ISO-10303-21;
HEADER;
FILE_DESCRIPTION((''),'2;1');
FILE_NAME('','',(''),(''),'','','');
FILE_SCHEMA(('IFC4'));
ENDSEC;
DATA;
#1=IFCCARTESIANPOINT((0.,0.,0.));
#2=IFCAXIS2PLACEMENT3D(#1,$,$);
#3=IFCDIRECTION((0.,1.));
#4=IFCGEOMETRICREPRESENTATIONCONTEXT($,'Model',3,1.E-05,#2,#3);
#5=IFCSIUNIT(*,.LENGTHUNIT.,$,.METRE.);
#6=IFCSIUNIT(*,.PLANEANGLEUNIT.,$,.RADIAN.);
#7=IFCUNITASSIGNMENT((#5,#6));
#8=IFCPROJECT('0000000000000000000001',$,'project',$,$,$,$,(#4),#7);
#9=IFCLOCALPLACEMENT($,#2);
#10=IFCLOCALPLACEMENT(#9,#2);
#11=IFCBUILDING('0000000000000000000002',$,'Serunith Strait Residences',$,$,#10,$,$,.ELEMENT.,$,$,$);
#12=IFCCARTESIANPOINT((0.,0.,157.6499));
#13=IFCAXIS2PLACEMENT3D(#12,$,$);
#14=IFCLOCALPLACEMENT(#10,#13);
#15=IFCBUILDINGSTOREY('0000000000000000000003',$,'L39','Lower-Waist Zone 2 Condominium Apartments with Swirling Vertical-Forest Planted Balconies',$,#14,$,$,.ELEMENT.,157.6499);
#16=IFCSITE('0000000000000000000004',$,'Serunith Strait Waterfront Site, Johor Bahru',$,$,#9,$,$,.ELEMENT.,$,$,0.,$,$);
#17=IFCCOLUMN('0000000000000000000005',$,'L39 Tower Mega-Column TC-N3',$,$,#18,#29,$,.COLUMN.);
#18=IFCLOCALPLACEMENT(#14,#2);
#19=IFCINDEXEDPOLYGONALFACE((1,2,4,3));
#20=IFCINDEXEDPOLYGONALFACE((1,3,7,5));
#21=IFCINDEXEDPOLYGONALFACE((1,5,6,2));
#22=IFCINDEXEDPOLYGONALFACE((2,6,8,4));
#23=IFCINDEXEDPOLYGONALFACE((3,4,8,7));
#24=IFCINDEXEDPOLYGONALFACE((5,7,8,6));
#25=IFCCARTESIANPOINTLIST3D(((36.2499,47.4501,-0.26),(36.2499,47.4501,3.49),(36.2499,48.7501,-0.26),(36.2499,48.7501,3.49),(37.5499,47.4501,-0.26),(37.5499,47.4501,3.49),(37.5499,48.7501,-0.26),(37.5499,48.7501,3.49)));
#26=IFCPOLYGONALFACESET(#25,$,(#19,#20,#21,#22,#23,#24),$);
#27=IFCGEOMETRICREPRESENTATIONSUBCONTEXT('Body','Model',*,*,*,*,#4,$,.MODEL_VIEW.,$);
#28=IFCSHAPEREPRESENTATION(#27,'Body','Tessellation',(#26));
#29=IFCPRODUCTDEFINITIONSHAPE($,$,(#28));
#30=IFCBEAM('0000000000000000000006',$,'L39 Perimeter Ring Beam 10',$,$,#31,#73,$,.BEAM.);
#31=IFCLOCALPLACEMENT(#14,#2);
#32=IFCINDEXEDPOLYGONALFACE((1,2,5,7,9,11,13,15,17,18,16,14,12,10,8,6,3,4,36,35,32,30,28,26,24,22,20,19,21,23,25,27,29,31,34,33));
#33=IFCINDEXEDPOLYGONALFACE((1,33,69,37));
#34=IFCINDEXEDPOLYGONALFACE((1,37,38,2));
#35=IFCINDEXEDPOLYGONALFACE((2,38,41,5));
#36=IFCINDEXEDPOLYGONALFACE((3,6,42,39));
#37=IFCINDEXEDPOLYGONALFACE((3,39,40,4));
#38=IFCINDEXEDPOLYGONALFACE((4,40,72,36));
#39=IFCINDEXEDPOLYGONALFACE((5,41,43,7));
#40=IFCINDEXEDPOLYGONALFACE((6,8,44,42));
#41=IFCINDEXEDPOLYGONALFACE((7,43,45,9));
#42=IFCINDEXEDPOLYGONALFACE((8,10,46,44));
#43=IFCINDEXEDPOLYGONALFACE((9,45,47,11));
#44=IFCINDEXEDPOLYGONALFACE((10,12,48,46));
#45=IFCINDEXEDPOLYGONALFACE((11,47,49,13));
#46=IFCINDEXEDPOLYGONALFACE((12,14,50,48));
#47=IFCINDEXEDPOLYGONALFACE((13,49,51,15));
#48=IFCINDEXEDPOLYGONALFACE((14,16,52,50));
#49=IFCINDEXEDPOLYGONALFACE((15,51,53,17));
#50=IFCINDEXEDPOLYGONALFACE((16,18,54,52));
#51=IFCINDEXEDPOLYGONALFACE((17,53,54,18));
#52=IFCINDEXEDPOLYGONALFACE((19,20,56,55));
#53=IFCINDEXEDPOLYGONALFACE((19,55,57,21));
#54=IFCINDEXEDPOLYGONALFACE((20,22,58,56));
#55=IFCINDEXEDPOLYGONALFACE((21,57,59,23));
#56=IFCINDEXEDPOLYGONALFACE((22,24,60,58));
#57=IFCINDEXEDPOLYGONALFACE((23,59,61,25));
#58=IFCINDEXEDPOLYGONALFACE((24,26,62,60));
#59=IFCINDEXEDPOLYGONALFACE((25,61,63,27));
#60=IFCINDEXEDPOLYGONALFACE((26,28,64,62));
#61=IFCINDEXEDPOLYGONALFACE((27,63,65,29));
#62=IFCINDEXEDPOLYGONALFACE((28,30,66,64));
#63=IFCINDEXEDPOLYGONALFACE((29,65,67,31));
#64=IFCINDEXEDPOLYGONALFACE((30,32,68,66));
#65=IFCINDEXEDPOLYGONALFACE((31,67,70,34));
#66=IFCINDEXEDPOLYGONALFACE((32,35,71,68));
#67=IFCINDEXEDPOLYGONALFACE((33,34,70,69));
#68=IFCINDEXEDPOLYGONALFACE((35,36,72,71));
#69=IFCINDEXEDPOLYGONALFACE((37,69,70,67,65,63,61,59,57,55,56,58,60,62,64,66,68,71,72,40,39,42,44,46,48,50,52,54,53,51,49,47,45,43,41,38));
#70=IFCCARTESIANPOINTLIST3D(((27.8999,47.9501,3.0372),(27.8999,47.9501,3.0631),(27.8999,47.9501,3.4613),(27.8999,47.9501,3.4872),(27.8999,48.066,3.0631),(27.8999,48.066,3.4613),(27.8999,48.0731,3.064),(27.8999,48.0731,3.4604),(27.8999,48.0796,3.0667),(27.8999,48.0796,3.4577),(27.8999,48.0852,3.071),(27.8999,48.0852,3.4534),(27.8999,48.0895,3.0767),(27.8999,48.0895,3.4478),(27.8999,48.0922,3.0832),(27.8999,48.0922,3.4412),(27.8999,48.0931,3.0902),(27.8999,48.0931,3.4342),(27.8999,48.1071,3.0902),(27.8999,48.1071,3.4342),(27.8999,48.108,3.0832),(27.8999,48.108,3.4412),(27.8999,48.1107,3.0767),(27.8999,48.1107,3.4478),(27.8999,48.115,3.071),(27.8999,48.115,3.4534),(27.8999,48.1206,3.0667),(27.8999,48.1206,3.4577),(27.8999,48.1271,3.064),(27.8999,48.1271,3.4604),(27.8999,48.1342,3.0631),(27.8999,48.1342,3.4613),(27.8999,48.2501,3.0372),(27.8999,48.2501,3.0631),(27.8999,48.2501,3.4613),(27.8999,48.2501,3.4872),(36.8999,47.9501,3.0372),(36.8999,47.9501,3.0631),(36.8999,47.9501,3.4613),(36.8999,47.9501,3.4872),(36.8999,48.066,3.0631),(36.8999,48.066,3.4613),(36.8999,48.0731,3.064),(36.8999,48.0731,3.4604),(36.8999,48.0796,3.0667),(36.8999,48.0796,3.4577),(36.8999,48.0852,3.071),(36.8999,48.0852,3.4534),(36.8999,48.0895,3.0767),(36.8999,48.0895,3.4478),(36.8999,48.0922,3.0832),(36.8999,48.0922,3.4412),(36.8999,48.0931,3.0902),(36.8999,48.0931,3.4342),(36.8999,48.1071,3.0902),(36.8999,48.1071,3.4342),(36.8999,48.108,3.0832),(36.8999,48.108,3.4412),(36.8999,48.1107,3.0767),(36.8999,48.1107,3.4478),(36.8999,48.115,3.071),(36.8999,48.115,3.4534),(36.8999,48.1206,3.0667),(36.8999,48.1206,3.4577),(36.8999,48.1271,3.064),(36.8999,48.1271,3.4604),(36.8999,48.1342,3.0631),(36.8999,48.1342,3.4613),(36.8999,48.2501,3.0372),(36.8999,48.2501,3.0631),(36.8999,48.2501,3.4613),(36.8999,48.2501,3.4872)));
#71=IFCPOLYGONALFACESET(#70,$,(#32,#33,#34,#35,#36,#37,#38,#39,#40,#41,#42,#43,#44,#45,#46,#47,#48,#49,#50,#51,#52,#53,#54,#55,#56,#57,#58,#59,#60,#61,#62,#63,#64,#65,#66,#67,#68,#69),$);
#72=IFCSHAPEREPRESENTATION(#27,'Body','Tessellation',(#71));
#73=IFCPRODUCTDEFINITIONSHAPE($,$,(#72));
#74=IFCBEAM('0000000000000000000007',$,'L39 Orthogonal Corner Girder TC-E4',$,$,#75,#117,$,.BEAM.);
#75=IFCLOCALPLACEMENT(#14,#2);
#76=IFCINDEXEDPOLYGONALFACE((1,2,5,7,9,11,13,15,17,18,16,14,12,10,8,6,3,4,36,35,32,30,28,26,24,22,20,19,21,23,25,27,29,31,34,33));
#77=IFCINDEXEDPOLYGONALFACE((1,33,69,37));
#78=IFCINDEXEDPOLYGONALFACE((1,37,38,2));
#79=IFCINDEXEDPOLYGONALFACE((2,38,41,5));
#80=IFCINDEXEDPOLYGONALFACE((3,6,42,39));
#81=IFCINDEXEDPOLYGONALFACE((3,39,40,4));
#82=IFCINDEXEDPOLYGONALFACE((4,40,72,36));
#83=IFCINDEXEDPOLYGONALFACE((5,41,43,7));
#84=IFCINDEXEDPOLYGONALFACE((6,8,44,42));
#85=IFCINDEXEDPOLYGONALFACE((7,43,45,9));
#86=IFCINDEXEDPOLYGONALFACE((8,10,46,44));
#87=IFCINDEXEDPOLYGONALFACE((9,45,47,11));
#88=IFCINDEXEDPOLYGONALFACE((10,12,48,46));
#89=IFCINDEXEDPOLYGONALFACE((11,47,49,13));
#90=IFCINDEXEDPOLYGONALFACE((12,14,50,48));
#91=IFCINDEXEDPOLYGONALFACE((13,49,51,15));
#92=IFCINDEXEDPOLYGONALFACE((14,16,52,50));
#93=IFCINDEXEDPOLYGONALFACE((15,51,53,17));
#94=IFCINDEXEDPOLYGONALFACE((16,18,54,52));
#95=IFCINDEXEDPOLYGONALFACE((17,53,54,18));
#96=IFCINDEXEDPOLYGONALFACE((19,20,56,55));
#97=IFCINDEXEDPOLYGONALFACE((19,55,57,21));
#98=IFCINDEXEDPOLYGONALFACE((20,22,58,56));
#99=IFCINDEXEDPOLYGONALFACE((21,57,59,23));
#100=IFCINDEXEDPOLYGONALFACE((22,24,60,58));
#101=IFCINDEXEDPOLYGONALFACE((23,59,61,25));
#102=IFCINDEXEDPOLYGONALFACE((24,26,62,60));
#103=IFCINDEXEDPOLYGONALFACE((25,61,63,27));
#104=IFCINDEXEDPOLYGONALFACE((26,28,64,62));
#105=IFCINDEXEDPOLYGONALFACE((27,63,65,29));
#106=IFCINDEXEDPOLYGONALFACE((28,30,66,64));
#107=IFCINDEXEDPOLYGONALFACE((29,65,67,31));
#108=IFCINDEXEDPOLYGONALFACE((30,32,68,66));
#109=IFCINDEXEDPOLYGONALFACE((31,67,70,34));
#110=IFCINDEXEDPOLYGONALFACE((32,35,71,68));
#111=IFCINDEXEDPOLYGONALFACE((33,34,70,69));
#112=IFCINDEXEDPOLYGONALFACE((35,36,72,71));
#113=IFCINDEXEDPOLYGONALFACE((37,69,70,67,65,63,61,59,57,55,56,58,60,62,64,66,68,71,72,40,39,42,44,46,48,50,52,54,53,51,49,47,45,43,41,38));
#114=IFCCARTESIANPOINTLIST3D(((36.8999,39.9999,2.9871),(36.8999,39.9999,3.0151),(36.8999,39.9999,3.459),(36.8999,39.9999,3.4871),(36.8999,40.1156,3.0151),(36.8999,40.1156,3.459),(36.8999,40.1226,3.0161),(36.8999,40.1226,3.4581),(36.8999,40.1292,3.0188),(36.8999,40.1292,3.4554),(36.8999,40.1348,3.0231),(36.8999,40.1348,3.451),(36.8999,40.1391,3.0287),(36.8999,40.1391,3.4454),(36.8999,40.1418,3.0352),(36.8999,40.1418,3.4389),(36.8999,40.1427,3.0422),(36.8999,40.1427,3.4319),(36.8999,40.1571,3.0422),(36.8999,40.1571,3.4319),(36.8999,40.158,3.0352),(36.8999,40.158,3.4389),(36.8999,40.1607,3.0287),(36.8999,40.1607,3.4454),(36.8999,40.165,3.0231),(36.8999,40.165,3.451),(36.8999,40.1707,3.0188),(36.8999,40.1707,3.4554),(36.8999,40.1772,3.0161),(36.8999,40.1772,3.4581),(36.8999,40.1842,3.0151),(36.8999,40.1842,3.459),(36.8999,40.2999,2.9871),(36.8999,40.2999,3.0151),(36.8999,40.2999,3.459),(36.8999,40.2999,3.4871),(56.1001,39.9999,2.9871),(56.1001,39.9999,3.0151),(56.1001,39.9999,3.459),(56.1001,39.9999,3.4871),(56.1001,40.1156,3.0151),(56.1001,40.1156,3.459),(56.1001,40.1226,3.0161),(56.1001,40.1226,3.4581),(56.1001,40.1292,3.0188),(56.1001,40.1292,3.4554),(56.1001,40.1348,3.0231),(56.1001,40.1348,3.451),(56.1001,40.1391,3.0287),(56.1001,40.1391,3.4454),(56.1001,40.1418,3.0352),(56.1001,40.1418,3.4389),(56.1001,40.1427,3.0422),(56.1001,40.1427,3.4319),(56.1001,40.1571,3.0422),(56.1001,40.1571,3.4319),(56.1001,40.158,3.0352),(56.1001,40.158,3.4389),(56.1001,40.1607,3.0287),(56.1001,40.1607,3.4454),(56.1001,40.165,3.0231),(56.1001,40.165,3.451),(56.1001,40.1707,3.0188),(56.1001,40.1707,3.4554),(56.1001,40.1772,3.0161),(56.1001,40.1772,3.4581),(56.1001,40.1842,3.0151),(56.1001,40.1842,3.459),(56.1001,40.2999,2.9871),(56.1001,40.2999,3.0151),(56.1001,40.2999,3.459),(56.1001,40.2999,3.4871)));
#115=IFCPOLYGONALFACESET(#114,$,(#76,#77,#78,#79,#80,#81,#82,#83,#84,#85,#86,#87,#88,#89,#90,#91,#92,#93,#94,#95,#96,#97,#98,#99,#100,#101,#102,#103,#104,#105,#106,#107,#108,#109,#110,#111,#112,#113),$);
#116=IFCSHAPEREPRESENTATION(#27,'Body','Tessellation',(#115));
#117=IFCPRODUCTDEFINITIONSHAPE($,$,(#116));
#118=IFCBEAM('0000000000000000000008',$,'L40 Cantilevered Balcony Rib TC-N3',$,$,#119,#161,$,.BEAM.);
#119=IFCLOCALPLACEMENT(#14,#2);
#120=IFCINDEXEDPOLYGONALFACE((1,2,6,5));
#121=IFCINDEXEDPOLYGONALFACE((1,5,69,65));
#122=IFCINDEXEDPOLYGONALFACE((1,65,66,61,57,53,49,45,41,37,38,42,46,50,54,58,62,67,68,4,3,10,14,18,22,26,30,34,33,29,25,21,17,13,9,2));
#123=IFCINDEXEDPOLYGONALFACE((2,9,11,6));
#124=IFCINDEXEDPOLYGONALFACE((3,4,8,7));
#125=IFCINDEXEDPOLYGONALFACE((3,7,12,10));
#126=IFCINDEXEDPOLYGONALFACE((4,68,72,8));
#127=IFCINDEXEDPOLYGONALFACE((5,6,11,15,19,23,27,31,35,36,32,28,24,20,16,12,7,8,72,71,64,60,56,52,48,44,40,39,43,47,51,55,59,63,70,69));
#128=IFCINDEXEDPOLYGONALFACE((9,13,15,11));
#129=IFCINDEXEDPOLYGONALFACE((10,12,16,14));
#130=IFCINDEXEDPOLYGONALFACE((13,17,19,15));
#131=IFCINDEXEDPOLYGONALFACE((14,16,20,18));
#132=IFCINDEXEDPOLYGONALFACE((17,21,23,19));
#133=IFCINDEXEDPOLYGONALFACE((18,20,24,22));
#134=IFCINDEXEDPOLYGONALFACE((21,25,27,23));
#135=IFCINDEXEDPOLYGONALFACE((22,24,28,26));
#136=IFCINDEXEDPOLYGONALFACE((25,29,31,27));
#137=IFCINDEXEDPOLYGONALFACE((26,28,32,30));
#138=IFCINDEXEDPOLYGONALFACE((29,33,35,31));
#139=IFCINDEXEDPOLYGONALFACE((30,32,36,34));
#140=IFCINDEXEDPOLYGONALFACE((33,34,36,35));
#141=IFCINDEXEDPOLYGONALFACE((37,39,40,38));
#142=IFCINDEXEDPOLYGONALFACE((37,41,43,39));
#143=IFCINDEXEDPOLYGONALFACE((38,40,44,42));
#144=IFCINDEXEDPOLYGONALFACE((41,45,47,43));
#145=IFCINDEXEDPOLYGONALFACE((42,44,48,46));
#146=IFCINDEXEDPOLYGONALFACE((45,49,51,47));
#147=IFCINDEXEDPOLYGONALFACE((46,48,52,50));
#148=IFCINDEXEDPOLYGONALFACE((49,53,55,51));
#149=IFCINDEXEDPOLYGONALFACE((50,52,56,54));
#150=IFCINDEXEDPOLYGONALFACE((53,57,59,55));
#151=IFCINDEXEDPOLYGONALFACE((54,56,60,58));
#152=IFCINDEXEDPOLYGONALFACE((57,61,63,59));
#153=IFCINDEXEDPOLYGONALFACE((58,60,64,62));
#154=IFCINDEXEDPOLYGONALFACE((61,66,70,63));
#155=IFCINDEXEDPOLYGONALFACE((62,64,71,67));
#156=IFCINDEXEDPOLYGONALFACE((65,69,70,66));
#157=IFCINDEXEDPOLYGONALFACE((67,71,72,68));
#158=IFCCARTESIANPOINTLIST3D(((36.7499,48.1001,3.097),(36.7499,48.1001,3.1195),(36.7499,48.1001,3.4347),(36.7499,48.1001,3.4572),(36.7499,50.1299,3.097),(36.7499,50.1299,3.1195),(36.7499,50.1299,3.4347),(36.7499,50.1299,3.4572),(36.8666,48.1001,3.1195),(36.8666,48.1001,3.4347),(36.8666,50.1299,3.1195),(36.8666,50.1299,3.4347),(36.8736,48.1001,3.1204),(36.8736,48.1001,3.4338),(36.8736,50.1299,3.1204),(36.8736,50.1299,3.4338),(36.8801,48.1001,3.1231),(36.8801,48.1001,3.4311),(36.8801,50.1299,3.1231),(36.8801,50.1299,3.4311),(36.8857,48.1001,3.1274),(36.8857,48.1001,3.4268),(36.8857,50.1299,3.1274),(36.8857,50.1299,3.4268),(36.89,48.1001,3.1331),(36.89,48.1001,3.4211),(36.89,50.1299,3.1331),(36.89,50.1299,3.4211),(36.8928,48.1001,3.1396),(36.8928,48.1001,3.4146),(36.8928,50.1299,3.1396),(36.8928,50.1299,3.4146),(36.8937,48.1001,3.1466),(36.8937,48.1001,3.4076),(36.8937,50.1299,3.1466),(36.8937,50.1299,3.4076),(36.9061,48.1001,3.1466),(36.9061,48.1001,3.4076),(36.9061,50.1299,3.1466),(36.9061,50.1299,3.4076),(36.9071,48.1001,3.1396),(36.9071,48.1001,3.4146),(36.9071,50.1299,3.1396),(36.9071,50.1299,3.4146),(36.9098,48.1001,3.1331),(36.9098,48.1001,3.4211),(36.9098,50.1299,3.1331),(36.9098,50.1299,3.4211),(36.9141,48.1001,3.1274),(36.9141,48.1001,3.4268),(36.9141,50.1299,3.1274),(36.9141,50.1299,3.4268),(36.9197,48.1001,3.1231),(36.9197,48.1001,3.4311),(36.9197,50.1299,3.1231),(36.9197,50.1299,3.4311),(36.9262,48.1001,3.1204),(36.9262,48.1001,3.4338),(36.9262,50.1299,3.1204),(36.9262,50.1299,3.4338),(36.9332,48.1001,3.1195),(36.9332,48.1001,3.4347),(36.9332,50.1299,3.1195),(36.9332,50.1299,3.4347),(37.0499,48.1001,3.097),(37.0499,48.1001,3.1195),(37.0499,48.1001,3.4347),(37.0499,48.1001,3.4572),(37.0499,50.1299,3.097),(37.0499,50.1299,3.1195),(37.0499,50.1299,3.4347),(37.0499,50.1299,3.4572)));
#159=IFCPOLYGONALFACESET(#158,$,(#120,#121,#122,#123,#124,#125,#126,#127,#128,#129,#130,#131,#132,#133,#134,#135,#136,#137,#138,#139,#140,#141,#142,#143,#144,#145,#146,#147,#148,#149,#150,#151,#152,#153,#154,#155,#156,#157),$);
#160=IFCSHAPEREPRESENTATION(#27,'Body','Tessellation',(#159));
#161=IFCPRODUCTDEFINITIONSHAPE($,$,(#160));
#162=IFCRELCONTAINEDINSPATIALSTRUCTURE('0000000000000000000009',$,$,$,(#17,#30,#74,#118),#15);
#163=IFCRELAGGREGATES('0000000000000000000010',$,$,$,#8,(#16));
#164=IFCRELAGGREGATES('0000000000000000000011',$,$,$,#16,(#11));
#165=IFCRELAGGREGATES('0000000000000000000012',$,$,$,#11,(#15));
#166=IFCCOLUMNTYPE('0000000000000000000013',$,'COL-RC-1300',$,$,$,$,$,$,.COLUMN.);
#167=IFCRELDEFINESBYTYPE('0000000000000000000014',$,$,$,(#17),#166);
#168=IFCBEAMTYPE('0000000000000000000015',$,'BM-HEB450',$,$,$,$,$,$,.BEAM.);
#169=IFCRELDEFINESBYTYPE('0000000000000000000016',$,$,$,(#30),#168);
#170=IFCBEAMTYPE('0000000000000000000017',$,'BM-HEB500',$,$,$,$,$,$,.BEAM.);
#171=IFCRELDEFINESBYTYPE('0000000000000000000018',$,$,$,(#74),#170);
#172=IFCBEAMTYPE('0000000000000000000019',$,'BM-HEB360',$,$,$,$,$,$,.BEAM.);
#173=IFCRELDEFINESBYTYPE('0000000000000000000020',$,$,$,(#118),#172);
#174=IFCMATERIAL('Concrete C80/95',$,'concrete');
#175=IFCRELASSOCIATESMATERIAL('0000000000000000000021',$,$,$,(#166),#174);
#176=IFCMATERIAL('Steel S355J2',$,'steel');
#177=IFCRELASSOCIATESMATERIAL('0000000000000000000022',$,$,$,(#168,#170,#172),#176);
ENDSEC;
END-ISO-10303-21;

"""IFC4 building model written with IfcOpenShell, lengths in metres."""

from ifc_helpers import new_model, si_unit, direction, frame, origin, origin_2d, place, context, subcontext, project, spatial, rectangle, i_section, extrude, source, transform, mapped, material, material_profile, profile_set, type_object, element, save


model = new_model("IFC4")

# Units and contexts
model_context = context("Model", 3, precision=1e-05, world=origin(), true_north=direction((0.0, 1.0)))
body_context = subcontext(model_context, "Body", "Model", "MODEL_VIEW")
ifc_project = project(units=[si_unit("LENGTHUNIT", "METRE"), si_unit("PLANEANGLEUNIT", "RADIAN")], contexts=[model_context])

# Site, building, storey
site_placement = place(None, origin())
site = spatial("IfcSite", under=ifc_project, at=site_placement, Name="Serunith Strait Waterfront Site, Johor Bahru", CompositionType="ELEMENT", RefElevation=0.0)
building_placement = place(site_placement, origin())
building = spatial("IfcBuilding", under=site, at=building_placement, Name="Serunith Strait Residences", CompositionType="ELEMENT")
storey_placement = place(building_placement, frame((0.0, 0.0, 157.6499)))
storey = spatial("IfcBuildingStorey", under=building, at=storey_placement, Name="L39", Description="Lower-Waist Zone 2 Condominium Apartments with Swirling Vertical-Forest Planted Balconies", CompositionType="ELEMENT", Elevation=157.6499)

# Column
ifc_material_1 = material(Name="Concrete C80/95", Category="concrete")
ifc_material_profile_1 = material_profile(ifc_material_1, rectangle(XDim=1.3, YDim=1.3, at=origin_2d()), Name="RC 1300x1300")
ifc_profile_set_1 = profile_set([ifc_material_profile_1], Name="Concrete C80/95")
column_type = type_object("IfcColumnType", Name="COL-RC-1300", PredefinedType="COLUMN", material=ifc_profile_set_1)
shared_shape_1 = source(origin(), body_context, "Body", "SweptSolid", [
    extrude(rectangle(XDim=1.3, YDim=1.3, at=origin_2d()), origin(), (0.0, 0.0, 1.0), 3.75),
])
column_placement = place(storey_placement, frame((36.8999, 48.1001, -0.26), z_axis=(0.0, 0.0, 1.0), x_axis=(1.0, 0.0, 0.0)))
element("IfcColumn", 1, at=column_placement, inside=storey, type_object=column_type, Name="L39 Tower Mega-Column TC-N3", PredefinedType="COLUMN", context=body_context, shape_type="MappedRepresentation", body=[
    mapped(shared_shape_1, transform((0.0, 0.0, 0.0), scale=1.0)),
])

# Beams
ifc_material_2 = material(Name="Steel S355J2", Category="steel")
ifc_material_profile_2 = material_profile(ifc_material_2, i_section(OverallWidth=0.3, OverallDepth=0.45, WebThickness=0.0139, FlangeThickness=0.0259, FilletRadius=0.0271, at=origin_2d()), Name="HEB 450")
ifc_profile_set_2 = profile_set([ifc_material_profile_2], Name="Steel S355J2")
beam_type_1 = type_object("IfcBeamType", Name="BM-HEB450", PredefinedType="BEAM", material=ifc_profile_set_2)
shared_shape_2 = source(origin(), body_context, "Body", "SweptSolid", [
    extrude(i_section(OverallWidth=0.3, OverallDepth=0.45, WebThickness=0.0139, FlangeThickness=0.0259, FilletRadius=0.0271, at=origin_2d()), origin(), (0.0, 0.0, 1.0), 9.0),
])
beam_1_placement = place(storey_placement, frame((36.8999, 48.1001, 3.2622), z_axis=(-1.0, 0.0, 0.0), x_axis=(0.0, -1.0, 0.0)))
element("IfcBeam", 2, at=beam_1_placement, inside=storey, type_object=beam_type_1, Name="L39 Perimeter Ring Beam 10", PredefinedType="BEAM", context=body_context, shape_type="MappedRepresentation", body=[
    mapped(shared_shape_2, transform((0.0, 0.0, 0.0), scale=1.0)),
])
ifc_material_profile_3 = material_profile(ifc_material_2, i_section(OverallWidth=0.3, OverallDepth=0.5, WebThickness=0.0144, FlangeThickness=0.0281, FilletRadius=0.0271, at=origin_2d()), Name="HEB 500")
ifc_profile_set_3 = profile_set([ifc_material_profile_3], Name="Steel S355J2")
beam_type_2 = type_object("IfcBeamType", Name="BM-HEB500", PredefinedType="BEAM", material=ifc_profile_set_3)
shared_shape_3 = source(origin(), body_context, "Body", "SweptSolid", [
    extrude(i_section(OverallWidth=0.3, OverallDepth=0.5, WebThickness=0.0144, FlangeThickness=0.0281, FilletRadius=0.0271, at=origin_2d()), origin(), (0.0, 0.0, 1.0), 19.2002),
])
beam_2_placement = place(storey_placement, frame((36.8999, 40.1499, 3.2371), z_axis=(1.0, 0.0, 0.0), x_axis=(0.0, 1.0, 0.0)))
element("IfcBeam", 3, at=beam_2_placement, inside=storey, type_object=beam_type_2, Name="L39 Orthogonal Corner Girder TC-E4", PredefinedType="BEAM", context=body_context, shape_type="MappedRepresentation", body=[
    mapped(shared_shape_3, transform((0.0, 0.0, 0.0), scale=1.0)),
])
ifc_material_profile_4 = material_profile(ifc_material_2, i_section(OverallWidth=0.3, OverallDepth=0.3601, WebThickness=0.0125, FlangeThickness=0.0225, FilletRadius=0.0271, at=origin_2d()), Name="HEB 360")
ifc_profile_set_4 = profile_set([ifc_material_profile_4], Name="Steel S355J2")
beam_type_3 = type_object("IfcBeamType", Name="BM-HEB360", PredefinedType="BEAM", material=ifc_profile_set_4)
shared_shape_4 = source(origin(), body_context, "Body", "SweptSolid", [
    extrude(i_section(OverallWidth=0.3, OverallDepth=0.3601, WebThickness=0.0125, FlangeThickness=0.0225, FilletRadius=0.0271, at=origin_2d()), origin(), (0.0, 0.0, 1.0), 2.0298),
])
beam_3_placement = place(storey_placement, frame((36.8999, 48.1001, 3.2771), z_axis=(0.0, 1.0, 0.0), x_axis=(-1.0, 0.0, 0.0)))
element("IfcBeam", 4, at=beam_3_placement, inside=storey, type_object=beam_type_3, Name="L40 Cantilevered Balcony Rib TC-N3", PredefinedType="BEAM", context=body_context, shape_type="MappedRepresentation", body=[
    mapped(shared_shape_4, transform((0.0, 0.0, 0.0), scale=1.0)),
])

save(model, "model.ifc")
